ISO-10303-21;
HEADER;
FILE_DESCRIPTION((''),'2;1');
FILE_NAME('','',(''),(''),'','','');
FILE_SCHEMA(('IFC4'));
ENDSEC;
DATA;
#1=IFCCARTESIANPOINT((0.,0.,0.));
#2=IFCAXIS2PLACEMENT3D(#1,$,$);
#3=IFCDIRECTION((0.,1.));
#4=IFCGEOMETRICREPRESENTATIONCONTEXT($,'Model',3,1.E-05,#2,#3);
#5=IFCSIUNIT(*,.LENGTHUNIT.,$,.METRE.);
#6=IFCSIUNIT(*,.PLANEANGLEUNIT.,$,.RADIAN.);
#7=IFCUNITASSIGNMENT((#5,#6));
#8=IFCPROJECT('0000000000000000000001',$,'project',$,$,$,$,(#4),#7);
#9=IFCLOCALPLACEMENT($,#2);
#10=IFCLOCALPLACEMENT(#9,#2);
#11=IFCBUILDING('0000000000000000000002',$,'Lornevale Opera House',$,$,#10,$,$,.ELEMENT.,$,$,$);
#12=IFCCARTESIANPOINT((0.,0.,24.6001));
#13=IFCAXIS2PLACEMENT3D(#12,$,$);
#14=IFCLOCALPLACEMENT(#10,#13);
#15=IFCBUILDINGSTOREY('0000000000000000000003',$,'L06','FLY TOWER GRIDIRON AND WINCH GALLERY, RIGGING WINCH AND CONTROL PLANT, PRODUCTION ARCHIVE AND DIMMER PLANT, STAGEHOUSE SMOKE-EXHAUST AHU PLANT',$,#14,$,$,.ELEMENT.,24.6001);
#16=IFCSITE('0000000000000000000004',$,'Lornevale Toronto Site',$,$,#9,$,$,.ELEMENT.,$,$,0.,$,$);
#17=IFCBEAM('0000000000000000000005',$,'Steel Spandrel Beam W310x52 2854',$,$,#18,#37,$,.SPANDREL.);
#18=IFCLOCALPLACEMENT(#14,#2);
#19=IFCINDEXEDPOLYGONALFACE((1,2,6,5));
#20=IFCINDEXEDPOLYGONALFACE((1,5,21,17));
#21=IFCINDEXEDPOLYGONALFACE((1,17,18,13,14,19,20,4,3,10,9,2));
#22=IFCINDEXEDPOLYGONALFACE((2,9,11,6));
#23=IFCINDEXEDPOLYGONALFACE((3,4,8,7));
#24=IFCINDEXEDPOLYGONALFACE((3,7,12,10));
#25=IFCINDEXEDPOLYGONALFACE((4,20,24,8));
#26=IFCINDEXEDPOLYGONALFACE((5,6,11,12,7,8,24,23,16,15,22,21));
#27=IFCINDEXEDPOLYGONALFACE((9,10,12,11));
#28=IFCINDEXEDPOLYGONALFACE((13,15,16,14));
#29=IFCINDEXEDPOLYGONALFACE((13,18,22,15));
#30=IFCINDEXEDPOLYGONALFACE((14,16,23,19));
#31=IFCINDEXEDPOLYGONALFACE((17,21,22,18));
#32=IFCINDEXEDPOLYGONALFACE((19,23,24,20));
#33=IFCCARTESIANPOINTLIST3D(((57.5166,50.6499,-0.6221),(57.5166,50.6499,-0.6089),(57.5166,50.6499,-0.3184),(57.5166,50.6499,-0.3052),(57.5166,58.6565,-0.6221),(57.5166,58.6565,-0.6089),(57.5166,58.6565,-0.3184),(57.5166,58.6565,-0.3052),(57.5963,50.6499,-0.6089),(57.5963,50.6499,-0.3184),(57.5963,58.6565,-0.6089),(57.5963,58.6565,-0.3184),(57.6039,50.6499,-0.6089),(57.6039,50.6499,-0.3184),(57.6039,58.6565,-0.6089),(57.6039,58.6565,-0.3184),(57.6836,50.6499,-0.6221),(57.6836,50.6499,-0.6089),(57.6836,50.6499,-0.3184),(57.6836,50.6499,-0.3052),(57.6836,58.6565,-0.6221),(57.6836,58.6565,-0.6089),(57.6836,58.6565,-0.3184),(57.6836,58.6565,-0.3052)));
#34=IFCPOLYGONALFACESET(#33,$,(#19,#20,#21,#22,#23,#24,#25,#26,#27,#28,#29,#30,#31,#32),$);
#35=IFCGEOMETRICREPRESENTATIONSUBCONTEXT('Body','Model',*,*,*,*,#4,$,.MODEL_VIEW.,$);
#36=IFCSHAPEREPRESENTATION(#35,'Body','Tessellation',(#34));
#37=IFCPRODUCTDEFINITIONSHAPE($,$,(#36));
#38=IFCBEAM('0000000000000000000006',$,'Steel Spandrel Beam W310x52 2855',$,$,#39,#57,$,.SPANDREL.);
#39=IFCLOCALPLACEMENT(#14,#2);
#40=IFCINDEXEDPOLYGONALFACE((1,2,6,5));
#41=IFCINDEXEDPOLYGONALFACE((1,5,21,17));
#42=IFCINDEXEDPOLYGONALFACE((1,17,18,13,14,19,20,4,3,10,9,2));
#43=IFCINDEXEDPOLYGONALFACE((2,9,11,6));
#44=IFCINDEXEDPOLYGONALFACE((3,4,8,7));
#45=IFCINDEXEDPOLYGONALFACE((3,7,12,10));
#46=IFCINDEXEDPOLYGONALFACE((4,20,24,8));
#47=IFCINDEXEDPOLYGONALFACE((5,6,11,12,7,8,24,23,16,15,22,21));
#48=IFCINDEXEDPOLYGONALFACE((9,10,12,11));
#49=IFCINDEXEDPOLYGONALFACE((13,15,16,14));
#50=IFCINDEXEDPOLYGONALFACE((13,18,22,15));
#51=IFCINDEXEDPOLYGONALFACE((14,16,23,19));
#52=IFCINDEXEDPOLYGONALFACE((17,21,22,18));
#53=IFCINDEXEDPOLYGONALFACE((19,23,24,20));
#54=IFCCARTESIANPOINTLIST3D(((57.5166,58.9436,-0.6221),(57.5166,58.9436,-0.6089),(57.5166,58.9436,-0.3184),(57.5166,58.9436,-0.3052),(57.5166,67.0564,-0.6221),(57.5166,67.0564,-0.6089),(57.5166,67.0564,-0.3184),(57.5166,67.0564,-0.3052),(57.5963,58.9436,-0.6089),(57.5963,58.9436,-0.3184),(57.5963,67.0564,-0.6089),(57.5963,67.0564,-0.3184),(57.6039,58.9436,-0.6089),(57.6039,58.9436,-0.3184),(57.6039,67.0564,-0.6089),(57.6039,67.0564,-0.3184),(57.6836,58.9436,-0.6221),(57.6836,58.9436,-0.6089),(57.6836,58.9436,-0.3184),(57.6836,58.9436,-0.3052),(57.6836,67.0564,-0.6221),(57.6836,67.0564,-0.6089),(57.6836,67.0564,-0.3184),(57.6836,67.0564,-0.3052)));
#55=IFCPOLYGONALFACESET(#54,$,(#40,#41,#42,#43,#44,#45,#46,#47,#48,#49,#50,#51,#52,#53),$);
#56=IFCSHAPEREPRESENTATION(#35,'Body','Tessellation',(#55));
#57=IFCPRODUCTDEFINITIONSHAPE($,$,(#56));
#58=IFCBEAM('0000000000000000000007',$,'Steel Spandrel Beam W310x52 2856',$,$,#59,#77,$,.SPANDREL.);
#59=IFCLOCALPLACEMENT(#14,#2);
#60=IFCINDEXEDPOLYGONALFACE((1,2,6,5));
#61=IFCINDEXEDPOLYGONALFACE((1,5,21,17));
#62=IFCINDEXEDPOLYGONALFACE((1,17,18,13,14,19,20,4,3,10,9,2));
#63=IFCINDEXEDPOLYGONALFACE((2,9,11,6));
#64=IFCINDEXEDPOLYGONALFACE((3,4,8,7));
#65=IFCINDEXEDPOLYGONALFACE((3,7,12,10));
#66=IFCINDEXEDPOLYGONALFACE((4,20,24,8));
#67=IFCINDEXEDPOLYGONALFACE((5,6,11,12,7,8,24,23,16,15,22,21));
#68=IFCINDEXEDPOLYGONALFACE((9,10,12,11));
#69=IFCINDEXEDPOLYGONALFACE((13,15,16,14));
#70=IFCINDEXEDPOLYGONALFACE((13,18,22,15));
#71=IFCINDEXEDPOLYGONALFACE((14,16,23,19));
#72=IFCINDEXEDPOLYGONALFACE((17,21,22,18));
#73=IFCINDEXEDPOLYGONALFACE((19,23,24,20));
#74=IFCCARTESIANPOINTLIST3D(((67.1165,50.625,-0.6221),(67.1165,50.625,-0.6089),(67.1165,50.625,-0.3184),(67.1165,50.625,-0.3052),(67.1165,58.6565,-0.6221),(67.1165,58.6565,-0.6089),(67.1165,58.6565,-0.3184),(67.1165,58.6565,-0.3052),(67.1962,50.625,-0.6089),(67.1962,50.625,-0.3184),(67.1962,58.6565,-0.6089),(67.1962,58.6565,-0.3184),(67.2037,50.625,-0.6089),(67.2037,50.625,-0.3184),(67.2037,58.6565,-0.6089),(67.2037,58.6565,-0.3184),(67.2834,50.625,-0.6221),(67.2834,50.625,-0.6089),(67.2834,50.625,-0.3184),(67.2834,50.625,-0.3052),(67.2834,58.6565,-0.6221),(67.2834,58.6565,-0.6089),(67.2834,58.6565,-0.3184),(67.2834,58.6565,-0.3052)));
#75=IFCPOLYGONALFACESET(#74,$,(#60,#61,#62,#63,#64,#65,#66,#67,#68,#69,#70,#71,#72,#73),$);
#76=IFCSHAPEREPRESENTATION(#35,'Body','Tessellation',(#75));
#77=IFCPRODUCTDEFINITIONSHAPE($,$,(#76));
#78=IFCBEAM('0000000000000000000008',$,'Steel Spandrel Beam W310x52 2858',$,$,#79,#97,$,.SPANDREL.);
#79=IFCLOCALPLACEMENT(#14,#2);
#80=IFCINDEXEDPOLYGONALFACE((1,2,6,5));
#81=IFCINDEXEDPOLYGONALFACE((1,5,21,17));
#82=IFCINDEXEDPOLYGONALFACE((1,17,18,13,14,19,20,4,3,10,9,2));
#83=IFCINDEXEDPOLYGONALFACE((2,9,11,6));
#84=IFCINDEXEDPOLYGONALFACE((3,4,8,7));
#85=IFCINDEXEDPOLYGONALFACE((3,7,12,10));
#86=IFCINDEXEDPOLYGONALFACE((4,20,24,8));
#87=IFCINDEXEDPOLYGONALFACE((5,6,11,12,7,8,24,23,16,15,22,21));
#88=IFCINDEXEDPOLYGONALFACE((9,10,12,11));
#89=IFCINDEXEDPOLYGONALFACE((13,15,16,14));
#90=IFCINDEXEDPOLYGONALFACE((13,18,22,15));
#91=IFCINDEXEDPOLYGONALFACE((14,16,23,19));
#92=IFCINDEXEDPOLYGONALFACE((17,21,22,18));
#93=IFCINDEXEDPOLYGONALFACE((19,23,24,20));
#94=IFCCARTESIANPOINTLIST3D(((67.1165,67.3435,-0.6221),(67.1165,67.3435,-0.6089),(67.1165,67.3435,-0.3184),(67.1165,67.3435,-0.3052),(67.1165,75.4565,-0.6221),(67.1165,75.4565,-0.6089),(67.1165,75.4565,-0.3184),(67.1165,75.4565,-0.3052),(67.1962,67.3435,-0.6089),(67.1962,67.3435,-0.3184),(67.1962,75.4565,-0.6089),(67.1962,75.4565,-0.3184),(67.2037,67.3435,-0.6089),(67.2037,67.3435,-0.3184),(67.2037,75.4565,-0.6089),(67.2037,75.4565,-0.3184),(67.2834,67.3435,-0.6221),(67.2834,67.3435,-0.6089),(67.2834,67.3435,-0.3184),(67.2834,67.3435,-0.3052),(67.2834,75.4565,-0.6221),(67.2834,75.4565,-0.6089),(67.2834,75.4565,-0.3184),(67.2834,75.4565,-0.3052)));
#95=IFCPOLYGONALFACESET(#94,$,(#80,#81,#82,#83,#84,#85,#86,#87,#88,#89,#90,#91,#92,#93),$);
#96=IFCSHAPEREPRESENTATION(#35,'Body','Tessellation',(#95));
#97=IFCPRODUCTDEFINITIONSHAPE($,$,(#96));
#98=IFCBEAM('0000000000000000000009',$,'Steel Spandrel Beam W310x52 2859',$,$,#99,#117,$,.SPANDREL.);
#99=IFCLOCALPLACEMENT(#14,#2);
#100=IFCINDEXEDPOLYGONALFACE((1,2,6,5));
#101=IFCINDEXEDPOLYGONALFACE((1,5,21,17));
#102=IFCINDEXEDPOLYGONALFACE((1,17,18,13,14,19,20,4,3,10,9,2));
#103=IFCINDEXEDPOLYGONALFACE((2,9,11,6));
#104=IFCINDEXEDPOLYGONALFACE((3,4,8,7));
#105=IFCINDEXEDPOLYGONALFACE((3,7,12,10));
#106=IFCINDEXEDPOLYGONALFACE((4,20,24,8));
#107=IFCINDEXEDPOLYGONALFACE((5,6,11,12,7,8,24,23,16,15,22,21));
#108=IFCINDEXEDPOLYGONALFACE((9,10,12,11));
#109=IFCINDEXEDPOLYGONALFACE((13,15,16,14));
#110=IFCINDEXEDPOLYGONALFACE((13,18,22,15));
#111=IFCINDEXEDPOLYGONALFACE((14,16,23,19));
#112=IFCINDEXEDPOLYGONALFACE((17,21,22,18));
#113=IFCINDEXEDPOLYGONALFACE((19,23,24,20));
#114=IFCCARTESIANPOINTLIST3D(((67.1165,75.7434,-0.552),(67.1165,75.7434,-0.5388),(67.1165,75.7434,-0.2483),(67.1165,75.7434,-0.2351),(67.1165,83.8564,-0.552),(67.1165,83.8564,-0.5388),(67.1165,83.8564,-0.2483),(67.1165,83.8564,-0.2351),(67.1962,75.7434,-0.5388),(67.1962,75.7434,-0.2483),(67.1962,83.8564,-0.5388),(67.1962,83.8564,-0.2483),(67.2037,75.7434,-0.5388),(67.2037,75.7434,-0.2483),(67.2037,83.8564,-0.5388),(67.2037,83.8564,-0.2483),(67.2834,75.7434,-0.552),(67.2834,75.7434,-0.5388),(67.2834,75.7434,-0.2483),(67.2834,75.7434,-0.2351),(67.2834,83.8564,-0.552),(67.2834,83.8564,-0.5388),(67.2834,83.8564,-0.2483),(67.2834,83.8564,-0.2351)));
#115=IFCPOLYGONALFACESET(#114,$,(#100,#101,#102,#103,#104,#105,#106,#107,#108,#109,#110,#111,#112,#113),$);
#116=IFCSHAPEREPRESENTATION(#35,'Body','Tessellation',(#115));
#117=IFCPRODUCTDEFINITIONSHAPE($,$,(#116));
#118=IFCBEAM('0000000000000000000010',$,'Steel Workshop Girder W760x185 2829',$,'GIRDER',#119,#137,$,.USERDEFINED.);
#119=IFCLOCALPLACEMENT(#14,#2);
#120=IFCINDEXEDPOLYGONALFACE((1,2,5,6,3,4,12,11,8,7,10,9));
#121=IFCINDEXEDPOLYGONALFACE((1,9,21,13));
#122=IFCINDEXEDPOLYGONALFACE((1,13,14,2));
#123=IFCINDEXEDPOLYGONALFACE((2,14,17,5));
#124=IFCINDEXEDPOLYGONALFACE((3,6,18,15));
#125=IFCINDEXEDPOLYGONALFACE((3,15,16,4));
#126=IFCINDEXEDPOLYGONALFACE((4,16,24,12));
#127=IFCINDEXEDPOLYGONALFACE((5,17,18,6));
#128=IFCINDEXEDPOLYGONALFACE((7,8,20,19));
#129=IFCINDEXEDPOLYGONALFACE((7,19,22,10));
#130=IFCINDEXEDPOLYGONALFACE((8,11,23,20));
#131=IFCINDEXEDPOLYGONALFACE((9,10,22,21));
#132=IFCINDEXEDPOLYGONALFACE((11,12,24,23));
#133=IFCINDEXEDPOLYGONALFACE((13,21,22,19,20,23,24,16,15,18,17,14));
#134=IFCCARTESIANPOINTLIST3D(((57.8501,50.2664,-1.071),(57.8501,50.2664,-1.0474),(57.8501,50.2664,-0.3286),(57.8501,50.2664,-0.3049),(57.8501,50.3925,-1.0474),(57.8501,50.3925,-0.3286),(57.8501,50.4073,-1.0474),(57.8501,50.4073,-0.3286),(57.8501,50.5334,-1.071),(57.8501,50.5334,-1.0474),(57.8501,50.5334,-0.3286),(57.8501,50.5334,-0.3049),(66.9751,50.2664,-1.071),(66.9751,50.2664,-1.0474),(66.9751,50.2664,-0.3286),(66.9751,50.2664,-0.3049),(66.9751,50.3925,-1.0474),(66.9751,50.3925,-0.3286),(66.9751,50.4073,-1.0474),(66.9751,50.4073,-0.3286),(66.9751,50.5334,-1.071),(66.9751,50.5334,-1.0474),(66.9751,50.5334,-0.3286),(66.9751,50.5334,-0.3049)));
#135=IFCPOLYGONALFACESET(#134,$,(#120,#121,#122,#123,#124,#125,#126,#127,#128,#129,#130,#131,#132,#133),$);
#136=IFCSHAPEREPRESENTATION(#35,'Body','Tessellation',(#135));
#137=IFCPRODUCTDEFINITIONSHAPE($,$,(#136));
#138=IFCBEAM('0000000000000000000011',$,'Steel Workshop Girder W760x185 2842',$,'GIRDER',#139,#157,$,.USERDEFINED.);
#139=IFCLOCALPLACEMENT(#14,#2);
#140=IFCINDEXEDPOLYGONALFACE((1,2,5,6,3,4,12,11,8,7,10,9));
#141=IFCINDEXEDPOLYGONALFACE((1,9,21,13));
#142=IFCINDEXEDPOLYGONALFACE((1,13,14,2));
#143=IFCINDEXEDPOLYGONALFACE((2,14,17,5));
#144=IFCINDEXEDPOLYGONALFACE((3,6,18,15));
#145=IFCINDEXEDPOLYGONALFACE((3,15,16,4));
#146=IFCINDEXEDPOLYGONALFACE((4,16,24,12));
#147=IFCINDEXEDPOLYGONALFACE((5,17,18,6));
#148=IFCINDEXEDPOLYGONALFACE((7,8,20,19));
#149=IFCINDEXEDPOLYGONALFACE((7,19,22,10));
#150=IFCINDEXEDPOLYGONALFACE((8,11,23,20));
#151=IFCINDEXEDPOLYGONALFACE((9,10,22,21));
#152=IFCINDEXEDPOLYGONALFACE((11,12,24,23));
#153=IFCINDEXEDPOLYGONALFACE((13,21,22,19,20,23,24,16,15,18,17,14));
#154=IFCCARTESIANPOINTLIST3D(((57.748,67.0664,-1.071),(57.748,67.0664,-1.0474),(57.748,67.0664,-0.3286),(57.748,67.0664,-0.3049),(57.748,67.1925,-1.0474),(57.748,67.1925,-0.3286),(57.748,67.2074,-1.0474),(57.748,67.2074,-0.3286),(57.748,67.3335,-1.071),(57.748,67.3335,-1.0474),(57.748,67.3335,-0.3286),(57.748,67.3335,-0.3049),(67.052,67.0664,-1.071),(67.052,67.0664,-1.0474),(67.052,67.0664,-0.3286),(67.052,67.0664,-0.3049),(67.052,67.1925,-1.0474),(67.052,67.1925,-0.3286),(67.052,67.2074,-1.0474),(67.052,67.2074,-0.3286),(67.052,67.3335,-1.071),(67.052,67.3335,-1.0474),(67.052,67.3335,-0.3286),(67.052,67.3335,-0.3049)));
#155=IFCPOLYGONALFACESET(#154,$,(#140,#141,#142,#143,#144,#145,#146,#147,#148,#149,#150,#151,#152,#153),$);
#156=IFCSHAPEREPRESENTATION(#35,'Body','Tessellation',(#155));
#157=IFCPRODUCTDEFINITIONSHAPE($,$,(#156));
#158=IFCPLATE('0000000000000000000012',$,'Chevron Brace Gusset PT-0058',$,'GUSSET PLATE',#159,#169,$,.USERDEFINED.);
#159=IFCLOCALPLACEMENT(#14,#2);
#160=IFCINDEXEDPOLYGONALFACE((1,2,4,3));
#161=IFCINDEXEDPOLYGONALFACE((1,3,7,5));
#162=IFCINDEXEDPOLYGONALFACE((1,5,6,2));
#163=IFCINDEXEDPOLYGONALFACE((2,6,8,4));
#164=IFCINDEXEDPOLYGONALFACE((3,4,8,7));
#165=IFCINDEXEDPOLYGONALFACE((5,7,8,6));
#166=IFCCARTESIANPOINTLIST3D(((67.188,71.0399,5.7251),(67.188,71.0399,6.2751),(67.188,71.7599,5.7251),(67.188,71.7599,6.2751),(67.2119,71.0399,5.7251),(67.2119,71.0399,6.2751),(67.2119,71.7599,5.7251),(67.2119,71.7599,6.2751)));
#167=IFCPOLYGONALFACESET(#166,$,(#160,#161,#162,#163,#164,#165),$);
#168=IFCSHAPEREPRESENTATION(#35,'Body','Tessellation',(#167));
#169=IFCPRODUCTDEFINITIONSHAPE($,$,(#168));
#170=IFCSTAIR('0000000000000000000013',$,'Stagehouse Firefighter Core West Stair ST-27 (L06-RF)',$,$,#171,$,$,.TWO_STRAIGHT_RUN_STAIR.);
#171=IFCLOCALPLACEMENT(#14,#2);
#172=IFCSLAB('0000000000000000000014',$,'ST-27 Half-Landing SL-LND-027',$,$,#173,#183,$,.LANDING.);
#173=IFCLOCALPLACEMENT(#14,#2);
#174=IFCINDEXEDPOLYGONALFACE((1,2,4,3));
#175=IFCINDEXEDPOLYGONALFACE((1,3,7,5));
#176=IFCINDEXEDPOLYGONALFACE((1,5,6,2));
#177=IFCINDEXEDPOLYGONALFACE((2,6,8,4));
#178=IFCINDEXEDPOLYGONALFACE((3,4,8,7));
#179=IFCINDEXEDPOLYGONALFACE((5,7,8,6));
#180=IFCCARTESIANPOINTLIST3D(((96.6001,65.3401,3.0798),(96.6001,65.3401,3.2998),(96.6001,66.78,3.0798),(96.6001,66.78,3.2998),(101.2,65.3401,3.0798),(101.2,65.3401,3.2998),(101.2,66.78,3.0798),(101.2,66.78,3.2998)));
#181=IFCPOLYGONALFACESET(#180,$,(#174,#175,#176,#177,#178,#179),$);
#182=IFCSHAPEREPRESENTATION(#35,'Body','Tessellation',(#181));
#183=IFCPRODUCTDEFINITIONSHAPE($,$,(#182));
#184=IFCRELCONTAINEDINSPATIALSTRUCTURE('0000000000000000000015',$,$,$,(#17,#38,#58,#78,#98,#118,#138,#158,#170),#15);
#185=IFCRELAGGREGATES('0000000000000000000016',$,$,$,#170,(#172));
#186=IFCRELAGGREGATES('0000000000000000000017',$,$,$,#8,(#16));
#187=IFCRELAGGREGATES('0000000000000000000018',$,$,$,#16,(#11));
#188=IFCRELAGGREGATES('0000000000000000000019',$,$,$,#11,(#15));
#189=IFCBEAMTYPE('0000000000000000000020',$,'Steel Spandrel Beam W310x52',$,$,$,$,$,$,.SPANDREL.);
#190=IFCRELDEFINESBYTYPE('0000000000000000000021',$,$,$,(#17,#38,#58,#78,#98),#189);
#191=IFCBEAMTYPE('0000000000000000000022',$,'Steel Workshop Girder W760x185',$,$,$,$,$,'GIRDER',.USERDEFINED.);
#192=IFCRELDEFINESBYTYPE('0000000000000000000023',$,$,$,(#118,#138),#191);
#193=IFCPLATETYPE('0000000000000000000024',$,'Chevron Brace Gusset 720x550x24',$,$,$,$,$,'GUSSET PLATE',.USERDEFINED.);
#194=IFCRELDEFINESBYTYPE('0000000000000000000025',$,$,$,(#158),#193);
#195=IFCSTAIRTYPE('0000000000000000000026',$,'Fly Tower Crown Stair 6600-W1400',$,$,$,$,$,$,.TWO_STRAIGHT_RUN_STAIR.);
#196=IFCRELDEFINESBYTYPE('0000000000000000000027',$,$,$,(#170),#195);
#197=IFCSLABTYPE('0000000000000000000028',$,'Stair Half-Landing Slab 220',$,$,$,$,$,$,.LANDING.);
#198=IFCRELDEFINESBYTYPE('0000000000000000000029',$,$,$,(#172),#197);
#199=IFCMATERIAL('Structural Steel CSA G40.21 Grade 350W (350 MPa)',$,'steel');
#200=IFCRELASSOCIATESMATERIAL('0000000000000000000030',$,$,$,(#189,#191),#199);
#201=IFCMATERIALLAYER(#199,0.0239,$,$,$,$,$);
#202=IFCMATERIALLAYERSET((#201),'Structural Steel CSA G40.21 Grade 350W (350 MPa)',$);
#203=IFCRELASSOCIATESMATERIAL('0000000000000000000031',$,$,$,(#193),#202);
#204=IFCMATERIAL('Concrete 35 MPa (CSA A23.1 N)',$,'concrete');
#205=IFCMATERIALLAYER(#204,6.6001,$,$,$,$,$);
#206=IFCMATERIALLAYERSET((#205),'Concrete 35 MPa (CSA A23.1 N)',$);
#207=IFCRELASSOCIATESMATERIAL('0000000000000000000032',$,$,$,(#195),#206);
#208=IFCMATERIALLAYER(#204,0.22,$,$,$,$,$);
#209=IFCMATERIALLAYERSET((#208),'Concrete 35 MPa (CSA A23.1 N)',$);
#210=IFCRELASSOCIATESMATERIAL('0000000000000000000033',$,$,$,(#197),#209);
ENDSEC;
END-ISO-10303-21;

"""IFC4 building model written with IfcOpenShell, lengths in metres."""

from ifc_helpers import new_model, si_unit, direction, frame, origin, origin_2d, place, context, subcontext, project, spatial, polyline, rectangle, i_section, outline, extrude, material, layer, layer_set, material_profile, profile_set, type_object, element, aggregate, save


model = new_model("IFC4")

# Units and contexts
model_context = context("Model", 3, precision=1e-05, world=origin(), true_north=direction((0.0, 1.0)))
body_context = subcontext(model_context, "Body", "Model", "MODEL_VIEW")
ifc_project = project(units=[si_unit("LENGTHUNIT", "METRE"), si_unit("PLANEANGLEUNIT", "RADIAN")], contexts=[model_context])

# Site, building, storey
site_placement = place(None, origin())
site = spatial("IfcSite", under=ifc_project, at=site_placement, Name="Lornevale Toronto Site", CompositionType="ELEMENT", RefElevation=0.0)
building_placement = place(site_placement, origin())
building = spatial("IfcBuilding", under=site, at=building_placement, Name="Lornevale Opera House", CompositionType="ELEMENT")
storey_placement = place(building_placement, frame((0.0, 0.0, 24.6001)))
storey = spatial("IfcBuildingStorey", under=building, at=storey_placement, Name="L06", Description="FLY TOWER GRIDIRON AND WINCH GALLERY, RIGGING WINCH AND CONTROL PLANT, PRODUCTION ARCHIVE AND DIMMER PLANT, STAGEHOUSE SMOKE-EXHAUST AHU PLANT", CompositionType="ELEMENT", Elevation=24.6001)

# Shared definitions
ifc_material_1 = material(Name="Structural Steel CSA G40.21 Grade 350W (350 MPa)", Category="steel")

# Beams
ifc_material_profile_1 = material_profile(ifc_material_1, i_section(OverallWidth=0.167, OverallDepth=0.3169, WebThickness=0.0076, FlangeThickness=0.0132, at=origin_2d()), Name="W310x52")
ifc_profile_set_1 = profile_set([ifc_material_profile_1], Name="Structural Steel CSA G40.21 Grade 350W (350 MPa)")
beam_type_1 = type_object("IfcBeamType", Name="Steel Spandrel Beam W310x52", PredefinedType="SPANDREL", material=ifc_profile_set_1)
beam_1_placement = place(storey_placement, frame((57.6001, 50.6499, -0.4636), z_axis=(0.0, 1.0, 0.0), x_axis=(-1.0, 0.0, 0.0)))
element("IfcBeam", 1, at=beam_1_placement, inside=storey, type_object=beam_type_1, Name="Steel Spandrel Beam W310x52 2854", PredefinedType="SPANDREL", context=body_context, shape_type="SweptSolid", body=[
    extrude(i_section(OverallWidth=0.167, OverallDepth=0.3169, WebThickness=0.0076, FlangeThickness=0.0132, at=origin_2d()), origin(), (0.0, 0.0, 1.0), 8.0066),
])
beam_2_placement = place(storey_placement, frame((57.6001, 58.9436, -0.4636), z_axis=(0.0, 1.0, 0.0), x_axis=(-1.0, 0.0, 0.0)))
element("IfcBeam", 2, at=beam_2_placement, inside=storey, type_object=beam_type_1, Name="Steel Spandrel Beam W310x52 2855", PredefinedType="SPANDREL", context=body_context, shape_type="SweptSolid", body=[
    extrude(i_section(OverallWidth=0.167, OverallDepth=0.3169, WebThickness=0.0076, FlangeThickness=0.0132, at=origin_2d()), origin(), (0.0, 0.0, 1.0), 8.1128),
])
beam_3_placement = place(storey_placement, frame((67.2, 50.625, -0.4636), z_axis=(0.0, 1.0, 0.0), x_axis=(-1.0, 0.0, 0.0)))
element("IfcBeam", 3, at=beam_3_placement, inside=storey, type_object=beam_type_1, Name="Steel Spandrel Beam W310x52 2856", PredefinedType="SPANDREL", context=body_context, shape_type="SweptSolid", body=[
    extrude(i_section(OverallWidth=0.167, OverallDepth=0.3169, WebThickness=0.0076, FlangeThickness=0.0132, at=origin_2d()), origin(), (0.0, 0.0, 1.0), 8.0315),
])
for number, where, z_axis, x_axis, name in (
    (4, (67.2, 67.3435, -0.4636), (0.0, 1.0, 0.0), (-1.0, 0.0, 0.0), "Steel Spandrel Beam W310x52 2858"),
    (5, (67.2, 75.7434, -0.3936), (0.0, 1.0, 0.0), (-1.0, 0.0, 0.0), "Steel Spandrel Beam W310x52 2859"),
):
    element("IfcBeam", number, at=place(storey_placement, frame(where, z_axis=z_axis, x_axis=x_axis)), inside=storey, type_object=beam_type_1, Name=name, PredefinedType="SPANDREL", context=body_context, shape_type="SweptSolid", body=[
        extrude(i_section(OverallWidth=0.167, OverallDepth=0.3169, WebThickness=0.0076, FlangeThickness=0.0132, at=origin_2d()), origin(), (0.0, 0.0, 1.0), 8.113),
    ])
ifc_material_profile_2 = material_profile(ifc_material_1, i_section(OverallWidth=0.2671, OverallDepth=0.7661, WebThickness=0.0149, FlangeThickness=0.0237, at=origin_2d()), Name="W760x185")
ifc_profile_set_2 = profile_set([ifc_material_profile_2], Name="Structural Steel CSA G40.21 Grade 350W (350 MPa)")
beam_type_2 = type_object("IfcBeamType", Name="Steel Workshop Girder W760x185", ElementType="GIRDER", PredefinedType="USERDEFINED", material=ifc_profile_set_2)
beam_4_placement = place(storey_placement, frame((57.8501, 50.3999, -0.688), z_axis=(1.0, 0.0, 0.0), x_axis=(0.0, 1.0, 0.0)))
element("IfcBeam", 6, at=beam_4_placement, inside=storey, type_object=beam_type_2, Name="Steel Workshop Girder W760x185 2829", ObjectType="GIRDER", PredefinedType="USERDEFINED", context=body_context, shape_type="SweptSolid", body=[
    extrude(i_section(OverallWidth=0.2671, OverallDepth=0.7661, WebThickness=0.0149, FlangeThickness=0.0237, at=origin_2d()), origin(), (0.0, 0.0, 1.0), 9.125),
])
beam_5_placement = place(storey_placement, frame((57.748, 67.2, -0.688), z_axis=(1.0, 0.0, 0.0), x_axis=(0.0, 1.0, 0.0)))
element("IfcBeam", 7, at=beam_5_placement, inside=storey, type_object=beam_type_2, Name="Steel Workshop Girder W760x185 2842", ObjectType="GIRDER", PredefinedType="USERDEFINED", context=body_context, shape_type="SweptSolid", body=[
    extrude(i_section(OverallWidth=0.2671, OverallDepth=0.7661, WebThickness=0.0149, FlangeThickness=0.0237, at=origin_2d()), origin(), (0.0, 0.0, 1.0), 9.304),
])

# Plate
ifc_layer_1 = layer(ifc_material_1, 0.0239)
ifc_layer_set_1 = layer_set([ifc_layer_1], Name="Structural Steel CSA G40.21 Grade 350W (350 MPa)")
plate_type = type_object("IfcPlateType", Name="Chevron Brace Gusset 720x550x24", ElementType="GUSSET PLATE", PredefinedType="USERDEFINED", material=ifc_layer_set_1)
plate_placement = place(storey_placement, frame((67.2, 71.3999, 5.7251), z_axis=(0.0, 0.0, 1.0), x_axis=(0.0, 1.0, 0.0)))
element("IfcPlate", 8, at=plate_placement, inside=storey, type_object=plate_type, Name="Chevron Brace Gusset PT-0058", ObjectType="GUSSET PLATE", PredefinedType="USERDEFINED", context=body_context, shape_type="SweptSolid", body=[
    extrude(rectangle(XDim=0.72, YDim=0.0239, at=origin_2d()), origin(), (0.0, 0.0, 1.0), 0.55),
])

# Stair, slab
ifc_material_2 = material(Name="Concrete 35 MPa (CSA A23.1 N)", Category="concrete")
ifc_layer_2 = layer(ifc_material_2, 6.6001)
ifc_layer_set_2 = layer_set([ifc_layer_2], Name="Concrete 35 MPa (CSA A23.1 N)")
stair_type = type_object("IfcStairType", Name="Fly Tower Crown Stair 6600-W1400", PredefinedType="TWO_STRAIGHT_RUN_STAIR", material=ifc_layer_set_2)
stair_placement = place(storey_placement, origin())
stair = element("IfcStair", 9, at=stair_placement, inside=storey, type_object=stair_type, Name="Stagehouse Firefighter Core West Stair ST-27 (L06-RF)", PredefinedType="TWO_STRAIGHT_RUN_STAIR")
ifc_layer_3 = layer(ifc_material_2, 0.22)
ifc_layer_set_3 = layer_set([ifc_layer_3], Name="Concrete 35 MPa (CSA A23.1 N)")
slab_type = type_object("IfcSlabType", Name="Stair Half-Landing Slab 220", PredefinedType="LANDING", material=ifc_layer_set_3)
slab_placement = place(storey_placement, frame((0.0, 0.0, 3.0798)))
slab = element("IfcSlab", 10, at=slab_placement, type_object=slab_type, Name="ST-27 Half-Landing SL-LND-027", PredefinedType="LANDING", context=body_context, shape_type="SweptSolid", body=[
    extrude(outline(polyline([(96.6001, 65.3401), (101.2, 65.3401), (101.2, 66.78), (96.6001, 66.78), (96.6001, 65.3401)])), origin(), (0.0, 0.0, 1.0), 0.22),
])
aggregate(stair, [slab])

save(model, "model.ifc")
